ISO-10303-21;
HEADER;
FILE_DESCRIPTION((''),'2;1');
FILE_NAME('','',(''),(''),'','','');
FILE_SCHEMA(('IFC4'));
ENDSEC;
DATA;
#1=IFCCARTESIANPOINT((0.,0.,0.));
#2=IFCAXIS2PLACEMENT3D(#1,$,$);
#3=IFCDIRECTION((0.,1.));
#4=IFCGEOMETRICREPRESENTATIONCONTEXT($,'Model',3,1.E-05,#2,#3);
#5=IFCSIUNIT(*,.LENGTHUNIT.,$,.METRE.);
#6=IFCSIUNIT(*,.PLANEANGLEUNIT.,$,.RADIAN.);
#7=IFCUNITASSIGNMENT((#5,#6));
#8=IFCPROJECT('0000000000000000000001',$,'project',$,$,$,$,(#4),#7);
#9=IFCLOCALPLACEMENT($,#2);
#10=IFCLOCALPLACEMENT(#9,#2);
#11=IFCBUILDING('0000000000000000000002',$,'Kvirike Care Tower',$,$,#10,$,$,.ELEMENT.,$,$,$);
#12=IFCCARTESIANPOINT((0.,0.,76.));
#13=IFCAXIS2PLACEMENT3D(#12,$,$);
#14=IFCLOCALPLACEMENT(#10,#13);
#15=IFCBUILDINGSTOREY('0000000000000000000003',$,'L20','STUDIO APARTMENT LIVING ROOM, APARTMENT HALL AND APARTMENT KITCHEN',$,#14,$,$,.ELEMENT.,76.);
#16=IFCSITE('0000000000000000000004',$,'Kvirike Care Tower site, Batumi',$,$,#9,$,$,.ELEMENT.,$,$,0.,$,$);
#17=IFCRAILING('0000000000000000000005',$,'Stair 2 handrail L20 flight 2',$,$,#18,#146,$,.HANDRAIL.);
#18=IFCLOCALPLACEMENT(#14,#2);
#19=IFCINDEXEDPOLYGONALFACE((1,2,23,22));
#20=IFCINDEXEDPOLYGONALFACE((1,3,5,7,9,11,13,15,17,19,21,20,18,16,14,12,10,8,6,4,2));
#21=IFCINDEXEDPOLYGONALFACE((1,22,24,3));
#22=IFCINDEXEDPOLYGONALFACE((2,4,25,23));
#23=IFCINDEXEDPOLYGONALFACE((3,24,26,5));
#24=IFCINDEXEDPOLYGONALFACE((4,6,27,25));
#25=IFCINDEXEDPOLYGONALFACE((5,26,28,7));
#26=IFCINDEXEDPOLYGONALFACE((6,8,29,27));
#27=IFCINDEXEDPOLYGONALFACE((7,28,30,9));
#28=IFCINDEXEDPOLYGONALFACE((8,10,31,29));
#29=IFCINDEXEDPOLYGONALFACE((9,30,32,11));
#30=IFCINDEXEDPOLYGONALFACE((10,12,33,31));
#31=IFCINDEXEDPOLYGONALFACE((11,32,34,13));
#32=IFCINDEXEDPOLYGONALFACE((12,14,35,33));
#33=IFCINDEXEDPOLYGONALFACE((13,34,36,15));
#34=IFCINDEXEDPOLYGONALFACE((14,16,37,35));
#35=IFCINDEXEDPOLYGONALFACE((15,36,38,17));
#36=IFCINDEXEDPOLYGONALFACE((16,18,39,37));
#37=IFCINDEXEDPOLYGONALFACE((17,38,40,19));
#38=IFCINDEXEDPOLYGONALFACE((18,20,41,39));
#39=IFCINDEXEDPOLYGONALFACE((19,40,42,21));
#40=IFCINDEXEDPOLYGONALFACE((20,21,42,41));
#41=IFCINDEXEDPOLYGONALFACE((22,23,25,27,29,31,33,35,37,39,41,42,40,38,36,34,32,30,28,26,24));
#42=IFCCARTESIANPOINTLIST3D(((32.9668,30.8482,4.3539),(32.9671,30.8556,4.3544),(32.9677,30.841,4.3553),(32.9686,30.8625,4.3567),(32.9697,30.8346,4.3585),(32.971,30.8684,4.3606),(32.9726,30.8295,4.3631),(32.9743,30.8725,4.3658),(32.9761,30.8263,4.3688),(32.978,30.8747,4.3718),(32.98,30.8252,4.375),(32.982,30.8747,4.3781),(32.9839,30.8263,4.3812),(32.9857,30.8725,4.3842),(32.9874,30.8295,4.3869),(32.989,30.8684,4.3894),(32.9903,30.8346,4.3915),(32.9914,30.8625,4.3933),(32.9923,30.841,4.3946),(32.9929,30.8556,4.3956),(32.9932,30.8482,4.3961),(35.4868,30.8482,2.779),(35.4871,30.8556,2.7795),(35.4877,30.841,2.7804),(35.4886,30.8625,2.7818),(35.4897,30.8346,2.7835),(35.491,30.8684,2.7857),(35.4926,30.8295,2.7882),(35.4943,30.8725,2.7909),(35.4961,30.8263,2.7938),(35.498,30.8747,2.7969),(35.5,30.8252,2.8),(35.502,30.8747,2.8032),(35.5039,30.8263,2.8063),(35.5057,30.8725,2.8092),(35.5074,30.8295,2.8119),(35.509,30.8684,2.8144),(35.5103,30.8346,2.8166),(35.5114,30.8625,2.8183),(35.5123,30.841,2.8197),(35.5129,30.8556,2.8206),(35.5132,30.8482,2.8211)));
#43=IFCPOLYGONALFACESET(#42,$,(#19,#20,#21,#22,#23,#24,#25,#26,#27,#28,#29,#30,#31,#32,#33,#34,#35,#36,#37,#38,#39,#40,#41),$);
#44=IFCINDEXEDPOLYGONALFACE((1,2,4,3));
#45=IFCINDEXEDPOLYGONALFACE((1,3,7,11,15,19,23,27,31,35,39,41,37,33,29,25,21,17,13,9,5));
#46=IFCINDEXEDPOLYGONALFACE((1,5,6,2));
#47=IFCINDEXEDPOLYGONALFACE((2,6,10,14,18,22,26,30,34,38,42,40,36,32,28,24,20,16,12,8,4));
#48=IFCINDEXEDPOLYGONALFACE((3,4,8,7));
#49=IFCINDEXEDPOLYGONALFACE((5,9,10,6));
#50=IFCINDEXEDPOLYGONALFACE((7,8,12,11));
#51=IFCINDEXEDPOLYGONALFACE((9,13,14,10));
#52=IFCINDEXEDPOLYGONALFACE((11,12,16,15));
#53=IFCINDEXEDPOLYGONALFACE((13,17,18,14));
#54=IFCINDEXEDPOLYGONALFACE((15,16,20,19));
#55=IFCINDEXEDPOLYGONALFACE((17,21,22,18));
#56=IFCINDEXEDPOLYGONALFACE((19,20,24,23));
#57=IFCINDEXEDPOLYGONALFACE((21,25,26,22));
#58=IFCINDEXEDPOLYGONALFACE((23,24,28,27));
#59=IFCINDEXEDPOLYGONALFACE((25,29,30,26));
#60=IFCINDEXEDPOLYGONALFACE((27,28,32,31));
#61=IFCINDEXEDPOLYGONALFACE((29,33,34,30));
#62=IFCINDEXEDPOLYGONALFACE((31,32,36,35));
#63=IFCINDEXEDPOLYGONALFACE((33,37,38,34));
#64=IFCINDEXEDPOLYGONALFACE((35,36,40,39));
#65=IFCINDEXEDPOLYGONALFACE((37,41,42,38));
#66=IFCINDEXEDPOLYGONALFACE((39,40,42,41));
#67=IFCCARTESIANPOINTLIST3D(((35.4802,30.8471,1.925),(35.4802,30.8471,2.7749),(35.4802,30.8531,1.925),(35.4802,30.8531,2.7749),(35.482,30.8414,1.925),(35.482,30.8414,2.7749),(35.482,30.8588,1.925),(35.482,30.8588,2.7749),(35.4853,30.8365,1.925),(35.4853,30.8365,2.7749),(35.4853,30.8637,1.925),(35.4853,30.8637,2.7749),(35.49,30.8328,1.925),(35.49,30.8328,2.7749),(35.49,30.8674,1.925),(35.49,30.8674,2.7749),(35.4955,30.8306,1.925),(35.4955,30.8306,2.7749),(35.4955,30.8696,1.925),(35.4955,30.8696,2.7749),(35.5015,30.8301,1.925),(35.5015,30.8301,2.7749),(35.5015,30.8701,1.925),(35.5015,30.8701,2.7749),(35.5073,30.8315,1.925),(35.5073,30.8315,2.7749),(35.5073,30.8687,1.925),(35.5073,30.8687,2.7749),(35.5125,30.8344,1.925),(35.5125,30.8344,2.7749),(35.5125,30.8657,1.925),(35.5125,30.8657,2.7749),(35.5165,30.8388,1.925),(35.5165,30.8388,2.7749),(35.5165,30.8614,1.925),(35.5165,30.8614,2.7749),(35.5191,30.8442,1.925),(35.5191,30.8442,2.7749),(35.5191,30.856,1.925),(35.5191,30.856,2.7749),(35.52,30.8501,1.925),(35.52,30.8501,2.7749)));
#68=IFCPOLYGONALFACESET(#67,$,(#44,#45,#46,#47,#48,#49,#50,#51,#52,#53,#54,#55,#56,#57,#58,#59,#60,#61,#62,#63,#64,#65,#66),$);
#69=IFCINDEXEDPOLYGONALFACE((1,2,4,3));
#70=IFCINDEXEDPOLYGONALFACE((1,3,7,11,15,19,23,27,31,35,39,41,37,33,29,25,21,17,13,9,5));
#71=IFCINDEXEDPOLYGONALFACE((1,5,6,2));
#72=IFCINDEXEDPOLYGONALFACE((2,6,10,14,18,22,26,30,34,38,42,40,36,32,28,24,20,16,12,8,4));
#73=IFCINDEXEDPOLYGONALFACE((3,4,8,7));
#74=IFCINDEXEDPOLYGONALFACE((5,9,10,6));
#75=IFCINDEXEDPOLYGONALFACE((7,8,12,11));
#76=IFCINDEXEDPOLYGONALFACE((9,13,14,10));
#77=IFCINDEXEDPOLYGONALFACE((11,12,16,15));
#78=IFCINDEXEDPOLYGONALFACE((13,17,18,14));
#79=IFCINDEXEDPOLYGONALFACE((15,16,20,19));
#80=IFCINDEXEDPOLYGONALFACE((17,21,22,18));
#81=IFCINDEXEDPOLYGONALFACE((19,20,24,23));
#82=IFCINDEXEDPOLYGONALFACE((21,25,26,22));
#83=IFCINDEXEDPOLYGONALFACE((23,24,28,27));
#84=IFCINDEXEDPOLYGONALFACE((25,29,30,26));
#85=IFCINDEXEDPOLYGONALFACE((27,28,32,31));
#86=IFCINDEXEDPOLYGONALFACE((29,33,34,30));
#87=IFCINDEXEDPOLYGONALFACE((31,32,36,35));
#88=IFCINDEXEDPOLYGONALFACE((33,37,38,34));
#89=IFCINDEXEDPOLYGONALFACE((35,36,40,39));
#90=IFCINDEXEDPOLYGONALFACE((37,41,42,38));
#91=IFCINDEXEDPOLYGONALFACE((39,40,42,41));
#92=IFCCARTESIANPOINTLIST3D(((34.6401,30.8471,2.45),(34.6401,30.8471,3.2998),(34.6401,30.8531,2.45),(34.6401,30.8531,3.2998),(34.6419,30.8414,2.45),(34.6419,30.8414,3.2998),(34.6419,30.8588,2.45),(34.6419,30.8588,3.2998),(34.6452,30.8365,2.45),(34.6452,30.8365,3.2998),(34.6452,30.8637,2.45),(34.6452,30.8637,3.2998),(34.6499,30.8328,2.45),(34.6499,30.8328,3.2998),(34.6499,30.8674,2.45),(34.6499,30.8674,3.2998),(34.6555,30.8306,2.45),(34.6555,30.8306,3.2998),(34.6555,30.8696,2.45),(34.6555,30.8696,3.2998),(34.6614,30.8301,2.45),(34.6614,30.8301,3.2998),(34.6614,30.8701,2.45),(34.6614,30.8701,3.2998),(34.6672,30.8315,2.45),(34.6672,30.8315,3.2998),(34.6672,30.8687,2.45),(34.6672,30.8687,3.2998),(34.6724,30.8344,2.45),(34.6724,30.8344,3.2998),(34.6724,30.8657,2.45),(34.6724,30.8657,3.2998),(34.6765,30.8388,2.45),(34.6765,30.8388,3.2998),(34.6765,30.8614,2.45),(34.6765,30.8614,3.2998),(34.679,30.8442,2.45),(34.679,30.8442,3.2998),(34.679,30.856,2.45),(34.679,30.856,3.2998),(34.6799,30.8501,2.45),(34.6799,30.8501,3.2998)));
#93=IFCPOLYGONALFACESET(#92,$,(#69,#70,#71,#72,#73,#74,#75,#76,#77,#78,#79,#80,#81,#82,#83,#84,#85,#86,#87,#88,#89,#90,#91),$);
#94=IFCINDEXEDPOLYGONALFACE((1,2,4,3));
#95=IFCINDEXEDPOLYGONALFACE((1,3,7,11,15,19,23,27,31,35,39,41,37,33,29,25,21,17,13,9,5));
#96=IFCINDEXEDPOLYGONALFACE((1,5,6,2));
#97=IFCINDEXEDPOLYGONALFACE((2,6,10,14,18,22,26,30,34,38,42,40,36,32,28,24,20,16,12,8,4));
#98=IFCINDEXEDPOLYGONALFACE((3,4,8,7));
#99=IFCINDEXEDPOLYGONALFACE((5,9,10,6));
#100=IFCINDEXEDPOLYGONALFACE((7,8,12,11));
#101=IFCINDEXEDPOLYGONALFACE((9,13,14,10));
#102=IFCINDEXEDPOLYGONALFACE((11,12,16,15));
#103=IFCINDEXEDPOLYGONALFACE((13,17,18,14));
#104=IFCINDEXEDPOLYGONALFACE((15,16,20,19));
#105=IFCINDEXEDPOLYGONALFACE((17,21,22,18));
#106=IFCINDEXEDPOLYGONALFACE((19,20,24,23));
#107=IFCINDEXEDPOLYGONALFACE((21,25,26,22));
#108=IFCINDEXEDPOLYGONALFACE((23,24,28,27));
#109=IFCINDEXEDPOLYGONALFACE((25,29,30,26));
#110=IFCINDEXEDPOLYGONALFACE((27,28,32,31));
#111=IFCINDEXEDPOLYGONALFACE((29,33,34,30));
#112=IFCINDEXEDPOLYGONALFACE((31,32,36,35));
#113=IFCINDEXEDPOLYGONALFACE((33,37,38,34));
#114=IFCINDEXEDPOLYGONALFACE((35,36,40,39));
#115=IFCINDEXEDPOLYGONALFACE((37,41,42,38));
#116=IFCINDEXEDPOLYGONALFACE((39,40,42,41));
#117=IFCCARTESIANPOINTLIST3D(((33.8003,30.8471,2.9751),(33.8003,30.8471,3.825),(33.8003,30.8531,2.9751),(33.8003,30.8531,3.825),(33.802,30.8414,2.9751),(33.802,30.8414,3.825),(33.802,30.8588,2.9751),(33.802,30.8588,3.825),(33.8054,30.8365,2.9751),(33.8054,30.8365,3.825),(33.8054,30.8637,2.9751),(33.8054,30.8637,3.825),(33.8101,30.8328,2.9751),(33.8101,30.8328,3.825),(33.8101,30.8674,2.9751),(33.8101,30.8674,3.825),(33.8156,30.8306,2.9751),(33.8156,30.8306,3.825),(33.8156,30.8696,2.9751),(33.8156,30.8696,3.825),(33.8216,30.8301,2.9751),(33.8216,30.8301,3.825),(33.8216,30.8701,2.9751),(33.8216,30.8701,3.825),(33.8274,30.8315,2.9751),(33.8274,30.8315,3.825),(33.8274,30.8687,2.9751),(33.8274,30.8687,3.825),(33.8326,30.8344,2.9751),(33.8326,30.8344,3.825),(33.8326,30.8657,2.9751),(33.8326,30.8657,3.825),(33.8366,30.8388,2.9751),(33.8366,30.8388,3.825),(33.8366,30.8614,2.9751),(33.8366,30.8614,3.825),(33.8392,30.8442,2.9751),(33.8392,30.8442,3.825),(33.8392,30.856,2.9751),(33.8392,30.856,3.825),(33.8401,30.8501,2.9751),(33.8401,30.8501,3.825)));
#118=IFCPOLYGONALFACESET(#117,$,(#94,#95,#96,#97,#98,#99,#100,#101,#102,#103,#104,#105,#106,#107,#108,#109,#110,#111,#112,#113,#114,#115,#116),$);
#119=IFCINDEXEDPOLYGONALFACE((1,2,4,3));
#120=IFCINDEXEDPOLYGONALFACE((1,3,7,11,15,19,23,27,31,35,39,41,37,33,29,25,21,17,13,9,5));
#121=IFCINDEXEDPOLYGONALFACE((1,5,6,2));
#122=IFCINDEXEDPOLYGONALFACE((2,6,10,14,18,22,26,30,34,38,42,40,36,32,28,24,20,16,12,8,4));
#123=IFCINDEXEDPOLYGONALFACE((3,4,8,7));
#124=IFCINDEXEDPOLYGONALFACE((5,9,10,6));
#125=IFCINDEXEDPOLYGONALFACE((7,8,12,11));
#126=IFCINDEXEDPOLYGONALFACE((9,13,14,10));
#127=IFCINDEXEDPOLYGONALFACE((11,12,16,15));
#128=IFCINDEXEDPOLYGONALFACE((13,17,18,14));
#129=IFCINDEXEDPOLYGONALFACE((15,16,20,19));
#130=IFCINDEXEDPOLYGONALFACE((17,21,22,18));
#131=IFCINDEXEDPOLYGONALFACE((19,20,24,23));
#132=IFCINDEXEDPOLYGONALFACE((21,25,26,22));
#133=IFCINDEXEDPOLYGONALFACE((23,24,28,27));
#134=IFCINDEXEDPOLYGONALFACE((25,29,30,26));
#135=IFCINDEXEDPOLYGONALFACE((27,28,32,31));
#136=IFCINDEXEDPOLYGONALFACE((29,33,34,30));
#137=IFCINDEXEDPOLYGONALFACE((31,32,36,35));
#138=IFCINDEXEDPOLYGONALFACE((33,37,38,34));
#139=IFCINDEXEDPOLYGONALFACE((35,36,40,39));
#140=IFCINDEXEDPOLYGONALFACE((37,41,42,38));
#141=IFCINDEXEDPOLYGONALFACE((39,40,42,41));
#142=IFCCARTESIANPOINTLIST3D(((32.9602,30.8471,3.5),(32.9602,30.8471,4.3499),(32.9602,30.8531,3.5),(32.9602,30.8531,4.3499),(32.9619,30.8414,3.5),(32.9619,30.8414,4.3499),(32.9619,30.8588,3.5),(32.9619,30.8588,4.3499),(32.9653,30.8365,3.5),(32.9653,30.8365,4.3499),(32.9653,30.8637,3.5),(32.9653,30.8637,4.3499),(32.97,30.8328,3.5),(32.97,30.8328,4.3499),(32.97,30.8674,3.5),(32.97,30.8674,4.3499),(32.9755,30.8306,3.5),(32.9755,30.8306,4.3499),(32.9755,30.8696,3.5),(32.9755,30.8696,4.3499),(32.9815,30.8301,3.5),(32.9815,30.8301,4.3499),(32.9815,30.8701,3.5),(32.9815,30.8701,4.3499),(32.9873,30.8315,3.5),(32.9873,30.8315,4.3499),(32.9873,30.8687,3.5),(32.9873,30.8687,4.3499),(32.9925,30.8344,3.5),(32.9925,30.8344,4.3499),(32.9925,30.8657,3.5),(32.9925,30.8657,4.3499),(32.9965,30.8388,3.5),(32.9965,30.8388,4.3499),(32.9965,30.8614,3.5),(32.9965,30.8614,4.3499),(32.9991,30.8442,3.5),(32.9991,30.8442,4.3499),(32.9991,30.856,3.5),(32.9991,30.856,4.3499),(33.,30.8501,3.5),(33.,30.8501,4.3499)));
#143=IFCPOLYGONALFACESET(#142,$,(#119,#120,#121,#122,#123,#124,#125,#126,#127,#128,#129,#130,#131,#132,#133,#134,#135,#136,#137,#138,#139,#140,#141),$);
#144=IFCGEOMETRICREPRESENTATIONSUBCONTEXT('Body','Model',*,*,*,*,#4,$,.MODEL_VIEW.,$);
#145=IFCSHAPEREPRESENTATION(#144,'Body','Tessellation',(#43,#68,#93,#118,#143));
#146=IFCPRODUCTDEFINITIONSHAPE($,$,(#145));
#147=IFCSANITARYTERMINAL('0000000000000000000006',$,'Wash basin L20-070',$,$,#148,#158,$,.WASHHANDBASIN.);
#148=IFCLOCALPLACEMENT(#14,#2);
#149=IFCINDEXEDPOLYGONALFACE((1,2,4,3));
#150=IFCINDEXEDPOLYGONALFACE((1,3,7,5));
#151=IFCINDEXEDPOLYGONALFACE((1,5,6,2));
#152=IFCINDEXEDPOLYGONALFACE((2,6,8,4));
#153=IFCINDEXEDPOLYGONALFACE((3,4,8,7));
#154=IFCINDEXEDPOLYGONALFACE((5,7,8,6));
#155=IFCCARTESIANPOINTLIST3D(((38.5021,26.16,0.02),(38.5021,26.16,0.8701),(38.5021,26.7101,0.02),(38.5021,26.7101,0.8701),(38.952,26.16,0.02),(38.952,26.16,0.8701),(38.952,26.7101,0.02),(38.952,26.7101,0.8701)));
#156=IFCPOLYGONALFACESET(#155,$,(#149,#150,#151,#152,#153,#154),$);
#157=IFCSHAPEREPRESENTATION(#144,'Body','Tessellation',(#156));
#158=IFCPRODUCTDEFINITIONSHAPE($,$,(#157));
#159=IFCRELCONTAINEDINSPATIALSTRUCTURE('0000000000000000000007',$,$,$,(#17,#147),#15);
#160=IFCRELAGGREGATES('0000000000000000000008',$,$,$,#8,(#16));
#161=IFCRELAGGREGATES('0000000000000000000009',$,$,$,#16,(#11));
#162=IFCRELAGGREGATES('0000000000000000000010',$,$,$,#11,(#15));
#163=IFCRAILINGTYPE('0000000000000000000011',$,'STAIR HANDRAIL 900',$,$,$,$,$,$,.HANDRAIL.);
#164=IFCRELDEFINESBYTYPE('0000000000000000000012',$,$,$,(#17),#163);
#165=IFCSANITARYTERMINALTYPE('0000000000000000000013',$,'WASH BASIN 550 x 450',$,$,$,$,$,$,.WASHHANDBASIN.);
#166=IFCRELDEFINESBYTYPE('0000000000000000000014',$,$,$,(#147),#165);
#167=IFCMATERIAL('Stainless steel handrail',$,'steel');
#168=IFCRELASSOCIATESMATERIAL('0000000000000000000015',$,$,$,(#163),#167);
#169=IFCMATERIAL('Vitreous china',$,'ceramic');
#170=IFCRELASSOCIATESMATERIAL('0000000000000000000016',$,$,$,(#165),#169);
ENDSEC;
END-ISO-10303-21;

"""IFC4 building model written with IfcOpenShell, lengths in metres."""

from ifc_helpers import new_model, si_unit, direction, frame, origin, origin_2d, place, context, subcontext, project, spatial, rectangle, circle, extrude, material, type_object, element, save


model = new_model("IFC4")

# Units and contexts
model_context = context("Model", 3, precision=1e-05, world=origin(), true_north=direction((0.0, 1.0)))
body_context = subcontext(model_context, "Body", "Model", "MODEL_VIEW")
ifc_project = project(units=[si_unit("LENGTHUNIT", "METRE"), si_unit("PLANEANGLEUNIT", "RADIAN")], contexts=[model_context])

# Site, building, storey
site_placement = place(None, origin())
site = spatial("IfcSite", under=ifc_project, at=site_placement, Name="Kvirike Care Tower site, Batumi", CompositionType="ELEMENT", RefElevation=0.0)
building_placement = place(site_placement, origin())
building = spatial("IfcBuilding", under=site, at=building_placement, Name="Kvirike Care Tower", CompositionType="ELEMENT")
storey_placement = place(building_placement, frame((0.0, 0.0, 76.0)))
storey = spatial("IfcBuildingStorey", under=building, at=storey_placement, Name="L20", Description="STUDIO APARTMENT LIVING ROOM, APARTMENT HALL AND APARTMENT KITCHEN", CompositionType="ELEMENT", Elevation=76.0)

# Railing
ifc_material_1 = material(Name="Stainless steel handrail", Category="steel")
railing_type = type_object("IfcRailingType", Name="STAIR HANDRAIL 900", PredefinedType="HANDRAIL", material=ifc_material_1)
railing_placement = place(storey_placement, frame((35.5, 30.8501, 1.925)))
element("IfcRailing", 1, at=railing_placement, inside=storey, type_object=railing_type, Name="Stair 2 handrail L20 flight 2", PredefinedType="HANDRAIL", context=body_context, shape_type="SweptSolid", body=[
    extrude(circle(Radius=0.0249, at=origin_2d()), frame((0.0, 0.0, 0.875), z_axis=(-0.848008, 0.0, 0.529984), x_axis=(0.0, -1.0, 0.0)), (0.0, 0.0, 1.0), 2.9717),
    extrude(circle(Radius=0.02, at=origin_2d()), origin(), (0.0, 0.0, 1.0), 0.8499),
    extrude(circle(Radius=0.02, at=origin_2d()), frame((-0.8401, 0.0, 0.5249)), (0.0, 0.0, 1.0), 0.8499),
    extrude(circle(Radius=0.02, at=origin_2d()), frame((-1.6799, 0.0, 1.05)), (0.0, 0.0, 1.0), 0.8499),
    extrude(circle(Radius=0.02, at=origin_2d()), frame((-2.52, 0.0, 1.575)), (0.0, 0.0, 1.0), 0.8499),
])

# Sanitary terminal
ifc_material_2 = material(Name="Vitreous china", Category="ceramic")
sanitary_terminal_type = type_object("IfcSanitaryTerminalType", Name="WASH BASIN 550 x 450", PredefinedType="WASHHANDBASIN", material=ifc_material_2)
sanitary_terminal_placement = place(storey_placement, frame((38.7271, 26.4351, 0.02), z_axis=(0.0, 0.0, 1.0), x_axis=(0.0, 1.0, 0.0)))
element("IfcSanitaryTerminal", 2, at=sanitary_terminal_placement, inside=storey, type_object=sanitary_terminal_type, Name="Wash basin L20-070", PredefinedType="WASHHANDBASIN", context=body_context, shape_type="SweptSolid", body=[
    extrude(rectangle(XDim=0.55, YDim=0.45, at=origin_2d()), origin(), (0.0, 0.0, 1.0), 0.8501),
])

save(model, "model.ifc")
